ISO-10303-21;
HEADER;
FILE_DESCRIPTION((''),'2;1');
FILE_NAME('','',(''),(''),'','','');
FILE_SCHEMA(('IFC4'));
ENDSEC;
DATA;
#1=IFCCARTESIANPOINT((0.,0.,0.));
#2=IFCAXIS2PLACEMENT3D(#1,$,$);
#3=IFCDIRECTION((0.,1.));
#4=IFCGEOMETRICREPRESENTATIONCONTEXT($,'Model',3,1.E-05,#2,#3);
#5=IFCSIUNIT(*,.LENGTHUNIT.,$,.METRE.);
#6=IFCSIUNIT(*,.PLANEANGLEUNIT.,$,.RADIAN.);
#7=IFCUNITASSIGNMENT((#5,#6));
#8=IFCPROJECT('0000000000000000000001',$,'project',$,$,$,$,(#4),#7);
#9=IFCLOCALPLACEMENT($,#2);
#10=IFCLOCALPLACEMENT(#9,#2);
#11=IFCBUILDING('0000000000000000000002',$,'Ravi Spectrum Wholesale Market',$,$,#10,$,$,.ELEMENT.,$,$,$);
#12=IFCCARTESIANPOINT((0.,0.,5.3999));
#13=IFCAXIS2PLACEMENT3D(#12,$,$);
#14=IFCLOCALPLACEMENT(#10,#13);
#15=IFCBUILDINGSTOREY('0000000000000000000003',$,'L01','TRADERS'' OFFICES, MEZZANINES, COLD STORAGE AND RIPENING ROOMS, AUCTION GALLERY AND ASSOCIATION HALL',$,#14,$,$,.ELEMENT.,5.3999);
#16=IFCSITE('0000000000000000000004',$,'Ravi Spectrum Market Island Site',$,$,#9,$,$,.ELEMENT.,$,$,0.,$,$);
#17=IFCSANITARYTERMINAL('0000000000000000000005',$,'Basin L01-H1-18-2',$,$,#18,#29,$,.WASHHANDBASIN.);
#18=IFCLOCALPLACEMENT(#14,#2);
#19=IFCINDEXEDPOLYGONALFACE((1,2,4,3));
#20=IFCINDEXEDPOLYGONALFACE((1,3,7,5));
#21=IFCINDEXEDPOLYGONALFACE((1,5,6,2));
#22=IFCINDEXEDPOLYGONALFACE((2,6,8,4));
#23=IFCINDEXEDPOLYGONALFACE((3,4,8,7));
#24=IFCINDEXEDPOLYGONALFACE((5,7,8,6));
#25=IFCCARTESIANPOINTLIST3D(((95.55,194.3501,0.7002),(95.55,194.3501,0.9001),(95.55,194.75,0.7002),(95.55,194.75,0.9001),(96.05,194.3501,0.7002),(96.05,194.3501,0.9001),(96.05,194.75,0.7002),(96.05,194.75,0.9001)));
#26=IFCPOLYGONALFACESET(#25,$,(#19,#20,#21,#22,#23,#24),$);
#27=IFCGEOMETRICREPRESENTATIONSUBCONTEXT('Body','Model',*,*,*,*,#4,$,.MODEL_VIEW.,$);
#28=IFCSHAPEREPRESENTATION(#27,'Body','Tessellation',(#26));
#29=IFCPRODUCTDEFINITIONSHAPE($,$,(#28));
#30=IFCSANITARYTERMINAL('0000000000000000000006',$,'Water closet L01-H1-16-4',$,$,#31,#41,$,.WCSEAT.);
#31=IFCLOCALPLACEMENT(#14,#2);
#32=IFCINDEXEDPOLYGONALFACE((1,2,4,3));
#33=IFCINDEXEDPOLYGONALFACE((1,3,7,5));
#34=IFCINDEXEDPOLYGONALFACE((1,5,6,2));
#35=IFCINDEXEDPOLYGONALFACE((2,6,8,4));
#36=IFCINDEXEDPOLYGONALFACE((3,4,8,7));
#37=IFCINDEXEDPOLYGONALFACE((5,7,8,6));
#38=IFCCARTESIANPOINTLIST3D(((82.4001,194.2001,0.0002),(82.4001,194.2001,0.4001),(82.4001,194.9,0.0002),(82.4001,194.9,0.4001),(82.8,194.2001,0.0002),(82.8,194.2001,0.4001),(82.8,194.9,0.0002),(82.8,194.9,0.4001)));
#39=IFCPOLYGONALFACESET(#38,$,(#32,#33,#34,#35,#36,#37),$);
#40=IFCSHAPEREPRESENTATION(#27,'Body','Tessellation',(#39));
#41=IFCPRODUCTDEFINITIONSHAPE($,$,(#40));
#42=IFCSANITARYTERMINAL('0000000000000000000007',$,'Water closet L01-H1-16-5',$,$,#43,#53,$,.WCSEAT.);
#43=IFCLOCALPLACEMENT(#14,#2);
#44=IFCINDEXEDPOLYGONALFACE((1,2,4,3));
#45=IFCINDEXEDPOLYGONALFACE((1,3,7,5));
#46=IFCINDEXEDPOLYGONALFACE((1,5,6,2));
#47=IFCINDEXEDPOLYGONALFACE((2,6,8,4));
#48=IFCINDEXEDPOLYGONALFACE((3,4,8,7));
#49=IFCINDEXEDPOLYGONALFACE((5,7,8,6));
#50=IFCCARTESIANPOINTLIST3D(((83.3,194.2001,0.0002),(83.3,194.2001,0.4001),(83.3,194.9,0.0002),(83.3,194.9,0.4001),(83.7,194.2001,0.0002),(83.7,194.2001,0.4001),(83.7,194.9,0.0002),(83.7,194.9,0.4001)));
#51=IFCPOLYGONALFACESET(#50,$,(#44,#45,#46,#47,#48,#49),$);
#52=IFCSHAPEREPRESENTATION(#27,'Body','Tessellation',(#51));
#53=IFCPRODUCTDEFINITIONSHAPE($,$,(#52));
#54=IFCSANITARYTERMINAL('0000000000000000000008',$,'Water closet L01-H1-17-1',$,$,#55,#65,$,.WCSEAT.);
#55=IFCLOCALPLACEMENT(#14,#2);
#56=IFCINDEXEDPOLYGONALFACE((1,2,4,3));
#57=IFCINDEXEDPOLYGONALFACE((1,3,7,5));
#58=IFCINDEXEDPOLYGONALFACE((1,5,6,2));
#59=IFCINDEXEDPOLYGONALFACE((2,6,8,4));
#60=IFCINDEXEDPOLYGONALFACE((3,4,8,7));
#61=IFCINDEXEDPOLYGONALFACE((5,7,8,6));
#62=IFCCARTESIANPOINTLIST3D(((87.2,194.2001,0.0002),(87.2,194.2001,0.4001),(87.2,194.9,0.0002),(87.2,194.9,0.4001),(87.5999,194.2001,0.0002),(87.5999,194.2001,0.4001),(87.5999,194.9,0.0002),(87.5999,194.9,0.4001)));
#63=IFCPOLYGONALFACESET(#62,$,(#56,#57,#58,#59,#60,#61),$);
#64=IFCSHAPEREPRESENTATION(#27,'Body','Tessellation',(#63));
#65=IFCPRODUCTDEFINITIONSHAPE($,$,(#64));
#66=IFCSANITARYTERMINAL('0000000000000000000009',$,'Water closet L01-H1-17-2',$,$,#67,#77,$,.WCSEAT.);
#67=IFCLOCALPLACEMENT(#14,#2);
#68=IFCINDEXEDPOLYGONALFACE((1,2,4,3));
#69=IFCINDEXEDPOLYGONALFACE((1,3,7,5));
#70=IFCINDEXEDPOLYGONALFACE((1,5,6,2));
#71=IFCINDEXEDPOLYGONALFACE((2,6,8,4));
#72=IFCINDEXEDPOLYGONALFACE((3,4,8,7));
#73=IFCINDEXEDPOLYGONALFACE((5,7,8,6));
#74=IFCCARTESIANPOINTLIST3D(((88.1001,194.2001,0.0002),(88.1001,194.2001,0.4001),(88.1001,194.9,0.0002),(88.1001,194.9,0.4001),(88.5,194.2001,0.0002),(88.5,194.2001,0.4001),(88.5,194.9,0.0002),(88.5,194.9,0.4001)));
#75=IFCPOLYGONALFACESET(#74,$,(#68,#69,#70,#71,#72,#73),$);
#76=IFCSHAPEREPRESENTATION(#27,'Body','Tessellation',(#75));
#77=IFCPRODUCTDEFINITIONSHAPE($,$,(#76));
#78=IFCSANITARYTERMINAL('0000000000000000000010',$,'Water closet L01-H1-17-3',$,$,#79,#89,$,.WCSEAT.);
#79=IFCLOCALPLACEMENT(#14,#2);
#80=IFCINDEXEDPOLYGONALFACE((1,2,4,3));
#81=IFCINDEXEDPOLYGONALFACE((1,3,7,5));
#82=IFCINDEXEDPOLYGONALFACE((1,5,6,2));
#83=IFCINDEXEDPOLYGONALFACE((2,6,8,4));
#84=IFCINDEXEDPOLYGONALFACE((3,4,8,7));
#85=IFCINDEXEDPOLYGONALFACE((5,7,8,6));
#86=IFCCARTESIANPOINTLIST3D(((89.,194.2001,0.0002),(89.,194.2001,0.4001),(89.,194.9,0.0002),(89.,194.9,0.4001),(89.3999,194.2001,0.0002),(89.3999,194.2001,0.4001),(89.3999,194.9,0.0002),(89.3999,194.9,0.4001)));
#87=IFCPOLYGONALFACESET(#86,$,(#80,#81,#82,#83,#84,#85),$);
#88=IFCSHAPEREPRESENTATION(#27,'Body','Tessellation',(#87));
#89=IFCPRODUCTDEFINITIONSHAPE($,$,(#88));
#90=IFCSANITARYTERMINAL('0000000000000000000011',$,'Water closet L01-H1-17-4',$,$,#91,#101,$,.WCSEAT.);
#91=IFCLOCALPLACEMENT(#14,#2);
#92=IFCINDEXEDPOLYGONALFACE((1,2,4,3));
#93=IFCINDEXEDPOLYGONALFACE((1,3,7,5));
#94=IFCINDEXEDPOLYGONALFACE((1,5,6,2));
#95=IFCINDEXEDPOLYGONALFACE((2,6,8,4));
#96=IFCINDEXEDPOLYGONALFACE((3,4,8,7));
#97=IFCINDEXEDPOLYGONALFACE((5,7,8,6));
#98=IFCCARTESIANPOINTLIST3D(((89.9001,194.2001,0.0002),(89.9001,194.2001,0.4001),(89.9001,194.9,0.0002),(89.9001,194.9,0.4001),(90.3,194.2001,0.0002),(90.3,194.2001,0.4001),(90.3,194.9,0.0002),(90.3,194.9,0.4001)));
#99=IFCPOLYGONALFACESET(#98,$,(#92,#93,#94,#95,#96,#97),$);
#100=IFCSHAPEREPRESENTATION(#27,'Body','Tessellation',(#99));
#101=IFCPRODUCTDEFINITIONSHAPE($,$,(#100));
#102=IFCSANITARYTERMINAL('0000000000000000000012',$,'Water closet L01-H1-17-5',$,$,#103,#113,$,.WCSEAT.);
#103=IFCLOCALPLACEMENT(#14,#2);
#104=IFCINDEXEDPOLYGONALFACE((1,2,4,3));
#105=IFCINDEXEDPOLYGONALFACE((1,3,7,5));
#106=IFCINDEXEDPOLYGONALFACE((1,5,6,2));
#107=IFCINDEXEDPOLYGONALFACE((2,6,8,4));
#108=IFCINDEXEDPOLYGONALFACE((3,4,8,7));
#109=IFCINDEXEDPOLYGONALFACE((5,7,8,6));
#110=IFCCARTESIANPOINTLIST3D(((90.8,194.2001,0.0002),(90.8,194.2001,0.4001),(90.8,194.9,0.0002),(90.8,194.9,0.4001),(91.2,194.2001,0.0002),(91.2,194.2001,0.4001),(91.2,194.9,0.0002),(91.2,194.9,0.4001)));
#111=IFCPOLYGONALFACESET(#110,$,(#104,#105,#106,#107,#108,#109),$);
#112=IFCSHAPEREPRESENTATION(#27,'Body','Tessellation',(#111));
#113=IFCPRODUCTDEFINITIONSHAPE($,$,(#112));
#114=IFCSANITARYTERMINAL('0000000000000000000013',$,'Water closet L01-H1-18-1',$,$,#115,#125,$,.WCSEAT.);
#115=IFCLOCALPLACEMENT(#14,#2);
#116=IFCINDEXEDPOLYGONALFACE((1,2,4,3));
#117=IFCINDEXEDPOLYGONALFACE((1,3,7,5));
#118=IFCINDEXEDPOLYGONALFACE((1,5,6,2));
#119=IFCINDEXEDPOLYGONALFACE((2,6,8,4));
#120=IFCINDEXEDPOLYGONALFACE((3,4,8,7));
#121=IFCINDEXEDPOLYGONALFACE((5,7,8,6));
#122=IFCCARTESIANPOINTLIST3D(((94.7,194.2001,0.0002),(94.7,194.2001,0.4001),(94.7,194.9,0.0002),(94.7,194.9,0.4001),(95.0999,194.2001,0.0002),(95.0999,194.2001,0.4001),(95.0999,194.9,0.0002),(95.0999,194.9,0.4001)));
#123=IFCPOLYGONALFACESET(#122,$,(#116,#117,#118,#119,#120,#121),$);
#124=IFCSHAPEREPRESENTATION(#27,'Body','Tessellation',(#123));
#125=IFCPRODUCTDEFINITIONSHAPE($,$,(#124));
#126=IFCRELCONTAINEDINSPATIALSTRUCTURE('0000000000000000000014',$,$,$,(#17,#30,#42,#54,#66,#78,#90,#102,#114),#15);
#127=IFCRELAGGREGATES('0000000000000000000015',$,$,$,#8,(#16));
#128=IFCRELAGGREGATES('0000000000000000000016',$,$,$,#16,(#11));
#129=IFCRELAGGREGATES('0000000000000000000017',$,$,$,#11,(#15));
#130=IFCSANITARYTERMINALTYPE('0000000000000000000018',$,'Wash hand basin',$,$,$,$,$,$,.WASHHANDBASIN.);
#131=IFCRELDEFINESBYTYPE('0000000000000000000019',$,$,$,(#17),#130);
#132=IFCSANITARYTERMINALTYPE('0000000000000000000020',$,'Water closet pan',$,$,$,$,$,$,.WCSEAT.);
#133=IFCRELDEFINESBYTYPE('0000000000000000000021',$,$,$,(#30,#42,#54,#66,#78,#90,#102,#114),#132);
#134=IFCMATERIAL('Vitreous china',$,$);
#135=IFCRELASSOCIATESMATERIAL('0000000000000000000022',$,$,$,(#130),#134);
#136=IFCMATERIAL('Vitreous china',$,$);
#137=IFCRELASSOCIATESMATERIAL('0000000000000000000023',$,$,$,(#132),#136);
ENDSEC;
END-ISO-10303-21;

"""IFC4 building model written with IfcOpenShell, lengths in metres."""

from ifc_helpers import new_model, si_unit, direction, frame, origin, origin_2d, place, context, subcontext, project, spatial, rectangle, extrude, material, type_object, element, save


model = new_model("IFC4")

# Units and contexts
model_context = context("Model", 3, precision=1e-05, world=origin(), true_north=direction((0.0, 1.0)))
body_context = subcontext(model_context, "Body", "Model", "MODEL_VIEW")
ifc_project = project(units=[si_unit("LENGTHUNIT", "METRE"), si_unit("PLANEANGLEUNIT", "RADIAN")], contexts=[model_context])

# Site, building, storey
site_placement = place(None, origin())
site = spatial("IfcSite", under=ifc_project, at=site_placement, Name="Ravi Spectrum Market Island Site", CompositionType="ELEMENT", RefElevation=0.0)
building_placement = place(site_placement, origin())
building = spatial("IfcBuilding", under=site, at=building_placement, Name="Ravi Spectrum Wholesale Market", CompositionType="ELEMENT")
storey_placement = place(building_placement, frame((0.0, 0.0, 5.3999)))
storey = spatial("IfcBuildingStorey", under=building, at=storey_placement, Name="L01", Description="TRADERS' OFFICES, MEZZANINES, COLD STORAGE AND RIPENING ROOMS, AUCTION GALLERY AND ASSOCIATION HALL", CompositionType="ELEMENT", Elevation=5.3999)

# Sanitary terminals
ifc_material_1 = material(Name="Vitreous china")
sanitary_terminal_type_1 = type_object("IfcSanitaryTerminalType", Name="Wash hand basin", PredefinedType="WASHHANDBASIN", material=ifc_material_1)
for number, where, z_axis, x_axis, name in (
    (1, (95.8, 194.55, 0.7002), (0.0, 0.0, 1.0), (1.0, 0.0, 0.0), "Basin L01-H1-18-2"),
):
    element("IfcSanitaryTerminal", number, at=place(storey_placement, frame(where, z_axis=z_axis, x_axis=x_axis)), inside=storey, type_object=sanitary_terminal_type_1, Name=name, PredefinedType="WASHHANDBASIN", context=body_context, shape_type="SweptSolid", body=[
        extrude(rectangle(XDim=0.5, YDim=0.3999, at=origin_2d()), origin(), (0.0, 0.0, 1.0), 0.2),
    ])
ifc_material_2 = material(Name="Vitreous china")
sanitary_terminal_type_2 = type_object("IfcSanitaryTerminalType", Name="Water closet pan", PredefinedType="WCSEAT", material=ifc_material_2)
for number, where, z_axis, x_axis, name in (
    (2, (82.6001, 194.55, 0.0002), (0.0, 0.0, 1.0), (1.0, 0.0, 0.0), "Water closet L01-H1-16-4"),
    (3, (83.5, 194.55, 0.0002), (0.0, 0.0, 1.0), (1.0, 0.0, 0.0), "Water closet L01-H1-16-5"),
    (4, (87.3999, 194.55, 0.0002), (0.0, 0.0, 1.0), (1.0, 0.0, 0.0), "Water closet L01-H1-17-1"),
    (5, (88.3, 194.55, 0.0002), (0.0, 0.0, 1.0), (1.0, 0.0, 0.0), "Water closet L01-H1-17-2"),
    (6, (89.2, 194.55, 0.0002), (0.0, 0.0, 1.0), (1.0, 0.0, 0.0), "Water closet L01-H1-17-3"),
    (7, (90.1001, 194.55, 0.0002), (0.0, 0.0, 1.0), (1.0, 0.0, 0.0), "Water closet L01-H1-17-4"),
    (8, (91.0, 194.55, 0.0002), (0.0, 0.0, 1.0), (1.0, 0.0, 0.0), "Water closet L01-H1-17-5"),
    (9, (94.8999, 194.55, 0.0002), (0.0, 0.0, 1.0), (1.0, 0.0, 0.0), "Water closet L01-H1-18-1"),
):
    element("IfcSanitaryTerminal", number, at=place(storey_placement, frame(where, z_axis=z_axis, x_axis=x_axis)), inside=storey, type_object=sanitary_terminal_type_2, Name=name, PredefinedType="WCSEAT", context=body_context, shape_type="SweptSolid", body=[
        extrude(rectangle(XDim=0.3999, YDim=0.7, at=origin_2d()), origin(), (0.0, 0.0, 1.0), 0.3999),
    ])

save(model, "model.ifc")
